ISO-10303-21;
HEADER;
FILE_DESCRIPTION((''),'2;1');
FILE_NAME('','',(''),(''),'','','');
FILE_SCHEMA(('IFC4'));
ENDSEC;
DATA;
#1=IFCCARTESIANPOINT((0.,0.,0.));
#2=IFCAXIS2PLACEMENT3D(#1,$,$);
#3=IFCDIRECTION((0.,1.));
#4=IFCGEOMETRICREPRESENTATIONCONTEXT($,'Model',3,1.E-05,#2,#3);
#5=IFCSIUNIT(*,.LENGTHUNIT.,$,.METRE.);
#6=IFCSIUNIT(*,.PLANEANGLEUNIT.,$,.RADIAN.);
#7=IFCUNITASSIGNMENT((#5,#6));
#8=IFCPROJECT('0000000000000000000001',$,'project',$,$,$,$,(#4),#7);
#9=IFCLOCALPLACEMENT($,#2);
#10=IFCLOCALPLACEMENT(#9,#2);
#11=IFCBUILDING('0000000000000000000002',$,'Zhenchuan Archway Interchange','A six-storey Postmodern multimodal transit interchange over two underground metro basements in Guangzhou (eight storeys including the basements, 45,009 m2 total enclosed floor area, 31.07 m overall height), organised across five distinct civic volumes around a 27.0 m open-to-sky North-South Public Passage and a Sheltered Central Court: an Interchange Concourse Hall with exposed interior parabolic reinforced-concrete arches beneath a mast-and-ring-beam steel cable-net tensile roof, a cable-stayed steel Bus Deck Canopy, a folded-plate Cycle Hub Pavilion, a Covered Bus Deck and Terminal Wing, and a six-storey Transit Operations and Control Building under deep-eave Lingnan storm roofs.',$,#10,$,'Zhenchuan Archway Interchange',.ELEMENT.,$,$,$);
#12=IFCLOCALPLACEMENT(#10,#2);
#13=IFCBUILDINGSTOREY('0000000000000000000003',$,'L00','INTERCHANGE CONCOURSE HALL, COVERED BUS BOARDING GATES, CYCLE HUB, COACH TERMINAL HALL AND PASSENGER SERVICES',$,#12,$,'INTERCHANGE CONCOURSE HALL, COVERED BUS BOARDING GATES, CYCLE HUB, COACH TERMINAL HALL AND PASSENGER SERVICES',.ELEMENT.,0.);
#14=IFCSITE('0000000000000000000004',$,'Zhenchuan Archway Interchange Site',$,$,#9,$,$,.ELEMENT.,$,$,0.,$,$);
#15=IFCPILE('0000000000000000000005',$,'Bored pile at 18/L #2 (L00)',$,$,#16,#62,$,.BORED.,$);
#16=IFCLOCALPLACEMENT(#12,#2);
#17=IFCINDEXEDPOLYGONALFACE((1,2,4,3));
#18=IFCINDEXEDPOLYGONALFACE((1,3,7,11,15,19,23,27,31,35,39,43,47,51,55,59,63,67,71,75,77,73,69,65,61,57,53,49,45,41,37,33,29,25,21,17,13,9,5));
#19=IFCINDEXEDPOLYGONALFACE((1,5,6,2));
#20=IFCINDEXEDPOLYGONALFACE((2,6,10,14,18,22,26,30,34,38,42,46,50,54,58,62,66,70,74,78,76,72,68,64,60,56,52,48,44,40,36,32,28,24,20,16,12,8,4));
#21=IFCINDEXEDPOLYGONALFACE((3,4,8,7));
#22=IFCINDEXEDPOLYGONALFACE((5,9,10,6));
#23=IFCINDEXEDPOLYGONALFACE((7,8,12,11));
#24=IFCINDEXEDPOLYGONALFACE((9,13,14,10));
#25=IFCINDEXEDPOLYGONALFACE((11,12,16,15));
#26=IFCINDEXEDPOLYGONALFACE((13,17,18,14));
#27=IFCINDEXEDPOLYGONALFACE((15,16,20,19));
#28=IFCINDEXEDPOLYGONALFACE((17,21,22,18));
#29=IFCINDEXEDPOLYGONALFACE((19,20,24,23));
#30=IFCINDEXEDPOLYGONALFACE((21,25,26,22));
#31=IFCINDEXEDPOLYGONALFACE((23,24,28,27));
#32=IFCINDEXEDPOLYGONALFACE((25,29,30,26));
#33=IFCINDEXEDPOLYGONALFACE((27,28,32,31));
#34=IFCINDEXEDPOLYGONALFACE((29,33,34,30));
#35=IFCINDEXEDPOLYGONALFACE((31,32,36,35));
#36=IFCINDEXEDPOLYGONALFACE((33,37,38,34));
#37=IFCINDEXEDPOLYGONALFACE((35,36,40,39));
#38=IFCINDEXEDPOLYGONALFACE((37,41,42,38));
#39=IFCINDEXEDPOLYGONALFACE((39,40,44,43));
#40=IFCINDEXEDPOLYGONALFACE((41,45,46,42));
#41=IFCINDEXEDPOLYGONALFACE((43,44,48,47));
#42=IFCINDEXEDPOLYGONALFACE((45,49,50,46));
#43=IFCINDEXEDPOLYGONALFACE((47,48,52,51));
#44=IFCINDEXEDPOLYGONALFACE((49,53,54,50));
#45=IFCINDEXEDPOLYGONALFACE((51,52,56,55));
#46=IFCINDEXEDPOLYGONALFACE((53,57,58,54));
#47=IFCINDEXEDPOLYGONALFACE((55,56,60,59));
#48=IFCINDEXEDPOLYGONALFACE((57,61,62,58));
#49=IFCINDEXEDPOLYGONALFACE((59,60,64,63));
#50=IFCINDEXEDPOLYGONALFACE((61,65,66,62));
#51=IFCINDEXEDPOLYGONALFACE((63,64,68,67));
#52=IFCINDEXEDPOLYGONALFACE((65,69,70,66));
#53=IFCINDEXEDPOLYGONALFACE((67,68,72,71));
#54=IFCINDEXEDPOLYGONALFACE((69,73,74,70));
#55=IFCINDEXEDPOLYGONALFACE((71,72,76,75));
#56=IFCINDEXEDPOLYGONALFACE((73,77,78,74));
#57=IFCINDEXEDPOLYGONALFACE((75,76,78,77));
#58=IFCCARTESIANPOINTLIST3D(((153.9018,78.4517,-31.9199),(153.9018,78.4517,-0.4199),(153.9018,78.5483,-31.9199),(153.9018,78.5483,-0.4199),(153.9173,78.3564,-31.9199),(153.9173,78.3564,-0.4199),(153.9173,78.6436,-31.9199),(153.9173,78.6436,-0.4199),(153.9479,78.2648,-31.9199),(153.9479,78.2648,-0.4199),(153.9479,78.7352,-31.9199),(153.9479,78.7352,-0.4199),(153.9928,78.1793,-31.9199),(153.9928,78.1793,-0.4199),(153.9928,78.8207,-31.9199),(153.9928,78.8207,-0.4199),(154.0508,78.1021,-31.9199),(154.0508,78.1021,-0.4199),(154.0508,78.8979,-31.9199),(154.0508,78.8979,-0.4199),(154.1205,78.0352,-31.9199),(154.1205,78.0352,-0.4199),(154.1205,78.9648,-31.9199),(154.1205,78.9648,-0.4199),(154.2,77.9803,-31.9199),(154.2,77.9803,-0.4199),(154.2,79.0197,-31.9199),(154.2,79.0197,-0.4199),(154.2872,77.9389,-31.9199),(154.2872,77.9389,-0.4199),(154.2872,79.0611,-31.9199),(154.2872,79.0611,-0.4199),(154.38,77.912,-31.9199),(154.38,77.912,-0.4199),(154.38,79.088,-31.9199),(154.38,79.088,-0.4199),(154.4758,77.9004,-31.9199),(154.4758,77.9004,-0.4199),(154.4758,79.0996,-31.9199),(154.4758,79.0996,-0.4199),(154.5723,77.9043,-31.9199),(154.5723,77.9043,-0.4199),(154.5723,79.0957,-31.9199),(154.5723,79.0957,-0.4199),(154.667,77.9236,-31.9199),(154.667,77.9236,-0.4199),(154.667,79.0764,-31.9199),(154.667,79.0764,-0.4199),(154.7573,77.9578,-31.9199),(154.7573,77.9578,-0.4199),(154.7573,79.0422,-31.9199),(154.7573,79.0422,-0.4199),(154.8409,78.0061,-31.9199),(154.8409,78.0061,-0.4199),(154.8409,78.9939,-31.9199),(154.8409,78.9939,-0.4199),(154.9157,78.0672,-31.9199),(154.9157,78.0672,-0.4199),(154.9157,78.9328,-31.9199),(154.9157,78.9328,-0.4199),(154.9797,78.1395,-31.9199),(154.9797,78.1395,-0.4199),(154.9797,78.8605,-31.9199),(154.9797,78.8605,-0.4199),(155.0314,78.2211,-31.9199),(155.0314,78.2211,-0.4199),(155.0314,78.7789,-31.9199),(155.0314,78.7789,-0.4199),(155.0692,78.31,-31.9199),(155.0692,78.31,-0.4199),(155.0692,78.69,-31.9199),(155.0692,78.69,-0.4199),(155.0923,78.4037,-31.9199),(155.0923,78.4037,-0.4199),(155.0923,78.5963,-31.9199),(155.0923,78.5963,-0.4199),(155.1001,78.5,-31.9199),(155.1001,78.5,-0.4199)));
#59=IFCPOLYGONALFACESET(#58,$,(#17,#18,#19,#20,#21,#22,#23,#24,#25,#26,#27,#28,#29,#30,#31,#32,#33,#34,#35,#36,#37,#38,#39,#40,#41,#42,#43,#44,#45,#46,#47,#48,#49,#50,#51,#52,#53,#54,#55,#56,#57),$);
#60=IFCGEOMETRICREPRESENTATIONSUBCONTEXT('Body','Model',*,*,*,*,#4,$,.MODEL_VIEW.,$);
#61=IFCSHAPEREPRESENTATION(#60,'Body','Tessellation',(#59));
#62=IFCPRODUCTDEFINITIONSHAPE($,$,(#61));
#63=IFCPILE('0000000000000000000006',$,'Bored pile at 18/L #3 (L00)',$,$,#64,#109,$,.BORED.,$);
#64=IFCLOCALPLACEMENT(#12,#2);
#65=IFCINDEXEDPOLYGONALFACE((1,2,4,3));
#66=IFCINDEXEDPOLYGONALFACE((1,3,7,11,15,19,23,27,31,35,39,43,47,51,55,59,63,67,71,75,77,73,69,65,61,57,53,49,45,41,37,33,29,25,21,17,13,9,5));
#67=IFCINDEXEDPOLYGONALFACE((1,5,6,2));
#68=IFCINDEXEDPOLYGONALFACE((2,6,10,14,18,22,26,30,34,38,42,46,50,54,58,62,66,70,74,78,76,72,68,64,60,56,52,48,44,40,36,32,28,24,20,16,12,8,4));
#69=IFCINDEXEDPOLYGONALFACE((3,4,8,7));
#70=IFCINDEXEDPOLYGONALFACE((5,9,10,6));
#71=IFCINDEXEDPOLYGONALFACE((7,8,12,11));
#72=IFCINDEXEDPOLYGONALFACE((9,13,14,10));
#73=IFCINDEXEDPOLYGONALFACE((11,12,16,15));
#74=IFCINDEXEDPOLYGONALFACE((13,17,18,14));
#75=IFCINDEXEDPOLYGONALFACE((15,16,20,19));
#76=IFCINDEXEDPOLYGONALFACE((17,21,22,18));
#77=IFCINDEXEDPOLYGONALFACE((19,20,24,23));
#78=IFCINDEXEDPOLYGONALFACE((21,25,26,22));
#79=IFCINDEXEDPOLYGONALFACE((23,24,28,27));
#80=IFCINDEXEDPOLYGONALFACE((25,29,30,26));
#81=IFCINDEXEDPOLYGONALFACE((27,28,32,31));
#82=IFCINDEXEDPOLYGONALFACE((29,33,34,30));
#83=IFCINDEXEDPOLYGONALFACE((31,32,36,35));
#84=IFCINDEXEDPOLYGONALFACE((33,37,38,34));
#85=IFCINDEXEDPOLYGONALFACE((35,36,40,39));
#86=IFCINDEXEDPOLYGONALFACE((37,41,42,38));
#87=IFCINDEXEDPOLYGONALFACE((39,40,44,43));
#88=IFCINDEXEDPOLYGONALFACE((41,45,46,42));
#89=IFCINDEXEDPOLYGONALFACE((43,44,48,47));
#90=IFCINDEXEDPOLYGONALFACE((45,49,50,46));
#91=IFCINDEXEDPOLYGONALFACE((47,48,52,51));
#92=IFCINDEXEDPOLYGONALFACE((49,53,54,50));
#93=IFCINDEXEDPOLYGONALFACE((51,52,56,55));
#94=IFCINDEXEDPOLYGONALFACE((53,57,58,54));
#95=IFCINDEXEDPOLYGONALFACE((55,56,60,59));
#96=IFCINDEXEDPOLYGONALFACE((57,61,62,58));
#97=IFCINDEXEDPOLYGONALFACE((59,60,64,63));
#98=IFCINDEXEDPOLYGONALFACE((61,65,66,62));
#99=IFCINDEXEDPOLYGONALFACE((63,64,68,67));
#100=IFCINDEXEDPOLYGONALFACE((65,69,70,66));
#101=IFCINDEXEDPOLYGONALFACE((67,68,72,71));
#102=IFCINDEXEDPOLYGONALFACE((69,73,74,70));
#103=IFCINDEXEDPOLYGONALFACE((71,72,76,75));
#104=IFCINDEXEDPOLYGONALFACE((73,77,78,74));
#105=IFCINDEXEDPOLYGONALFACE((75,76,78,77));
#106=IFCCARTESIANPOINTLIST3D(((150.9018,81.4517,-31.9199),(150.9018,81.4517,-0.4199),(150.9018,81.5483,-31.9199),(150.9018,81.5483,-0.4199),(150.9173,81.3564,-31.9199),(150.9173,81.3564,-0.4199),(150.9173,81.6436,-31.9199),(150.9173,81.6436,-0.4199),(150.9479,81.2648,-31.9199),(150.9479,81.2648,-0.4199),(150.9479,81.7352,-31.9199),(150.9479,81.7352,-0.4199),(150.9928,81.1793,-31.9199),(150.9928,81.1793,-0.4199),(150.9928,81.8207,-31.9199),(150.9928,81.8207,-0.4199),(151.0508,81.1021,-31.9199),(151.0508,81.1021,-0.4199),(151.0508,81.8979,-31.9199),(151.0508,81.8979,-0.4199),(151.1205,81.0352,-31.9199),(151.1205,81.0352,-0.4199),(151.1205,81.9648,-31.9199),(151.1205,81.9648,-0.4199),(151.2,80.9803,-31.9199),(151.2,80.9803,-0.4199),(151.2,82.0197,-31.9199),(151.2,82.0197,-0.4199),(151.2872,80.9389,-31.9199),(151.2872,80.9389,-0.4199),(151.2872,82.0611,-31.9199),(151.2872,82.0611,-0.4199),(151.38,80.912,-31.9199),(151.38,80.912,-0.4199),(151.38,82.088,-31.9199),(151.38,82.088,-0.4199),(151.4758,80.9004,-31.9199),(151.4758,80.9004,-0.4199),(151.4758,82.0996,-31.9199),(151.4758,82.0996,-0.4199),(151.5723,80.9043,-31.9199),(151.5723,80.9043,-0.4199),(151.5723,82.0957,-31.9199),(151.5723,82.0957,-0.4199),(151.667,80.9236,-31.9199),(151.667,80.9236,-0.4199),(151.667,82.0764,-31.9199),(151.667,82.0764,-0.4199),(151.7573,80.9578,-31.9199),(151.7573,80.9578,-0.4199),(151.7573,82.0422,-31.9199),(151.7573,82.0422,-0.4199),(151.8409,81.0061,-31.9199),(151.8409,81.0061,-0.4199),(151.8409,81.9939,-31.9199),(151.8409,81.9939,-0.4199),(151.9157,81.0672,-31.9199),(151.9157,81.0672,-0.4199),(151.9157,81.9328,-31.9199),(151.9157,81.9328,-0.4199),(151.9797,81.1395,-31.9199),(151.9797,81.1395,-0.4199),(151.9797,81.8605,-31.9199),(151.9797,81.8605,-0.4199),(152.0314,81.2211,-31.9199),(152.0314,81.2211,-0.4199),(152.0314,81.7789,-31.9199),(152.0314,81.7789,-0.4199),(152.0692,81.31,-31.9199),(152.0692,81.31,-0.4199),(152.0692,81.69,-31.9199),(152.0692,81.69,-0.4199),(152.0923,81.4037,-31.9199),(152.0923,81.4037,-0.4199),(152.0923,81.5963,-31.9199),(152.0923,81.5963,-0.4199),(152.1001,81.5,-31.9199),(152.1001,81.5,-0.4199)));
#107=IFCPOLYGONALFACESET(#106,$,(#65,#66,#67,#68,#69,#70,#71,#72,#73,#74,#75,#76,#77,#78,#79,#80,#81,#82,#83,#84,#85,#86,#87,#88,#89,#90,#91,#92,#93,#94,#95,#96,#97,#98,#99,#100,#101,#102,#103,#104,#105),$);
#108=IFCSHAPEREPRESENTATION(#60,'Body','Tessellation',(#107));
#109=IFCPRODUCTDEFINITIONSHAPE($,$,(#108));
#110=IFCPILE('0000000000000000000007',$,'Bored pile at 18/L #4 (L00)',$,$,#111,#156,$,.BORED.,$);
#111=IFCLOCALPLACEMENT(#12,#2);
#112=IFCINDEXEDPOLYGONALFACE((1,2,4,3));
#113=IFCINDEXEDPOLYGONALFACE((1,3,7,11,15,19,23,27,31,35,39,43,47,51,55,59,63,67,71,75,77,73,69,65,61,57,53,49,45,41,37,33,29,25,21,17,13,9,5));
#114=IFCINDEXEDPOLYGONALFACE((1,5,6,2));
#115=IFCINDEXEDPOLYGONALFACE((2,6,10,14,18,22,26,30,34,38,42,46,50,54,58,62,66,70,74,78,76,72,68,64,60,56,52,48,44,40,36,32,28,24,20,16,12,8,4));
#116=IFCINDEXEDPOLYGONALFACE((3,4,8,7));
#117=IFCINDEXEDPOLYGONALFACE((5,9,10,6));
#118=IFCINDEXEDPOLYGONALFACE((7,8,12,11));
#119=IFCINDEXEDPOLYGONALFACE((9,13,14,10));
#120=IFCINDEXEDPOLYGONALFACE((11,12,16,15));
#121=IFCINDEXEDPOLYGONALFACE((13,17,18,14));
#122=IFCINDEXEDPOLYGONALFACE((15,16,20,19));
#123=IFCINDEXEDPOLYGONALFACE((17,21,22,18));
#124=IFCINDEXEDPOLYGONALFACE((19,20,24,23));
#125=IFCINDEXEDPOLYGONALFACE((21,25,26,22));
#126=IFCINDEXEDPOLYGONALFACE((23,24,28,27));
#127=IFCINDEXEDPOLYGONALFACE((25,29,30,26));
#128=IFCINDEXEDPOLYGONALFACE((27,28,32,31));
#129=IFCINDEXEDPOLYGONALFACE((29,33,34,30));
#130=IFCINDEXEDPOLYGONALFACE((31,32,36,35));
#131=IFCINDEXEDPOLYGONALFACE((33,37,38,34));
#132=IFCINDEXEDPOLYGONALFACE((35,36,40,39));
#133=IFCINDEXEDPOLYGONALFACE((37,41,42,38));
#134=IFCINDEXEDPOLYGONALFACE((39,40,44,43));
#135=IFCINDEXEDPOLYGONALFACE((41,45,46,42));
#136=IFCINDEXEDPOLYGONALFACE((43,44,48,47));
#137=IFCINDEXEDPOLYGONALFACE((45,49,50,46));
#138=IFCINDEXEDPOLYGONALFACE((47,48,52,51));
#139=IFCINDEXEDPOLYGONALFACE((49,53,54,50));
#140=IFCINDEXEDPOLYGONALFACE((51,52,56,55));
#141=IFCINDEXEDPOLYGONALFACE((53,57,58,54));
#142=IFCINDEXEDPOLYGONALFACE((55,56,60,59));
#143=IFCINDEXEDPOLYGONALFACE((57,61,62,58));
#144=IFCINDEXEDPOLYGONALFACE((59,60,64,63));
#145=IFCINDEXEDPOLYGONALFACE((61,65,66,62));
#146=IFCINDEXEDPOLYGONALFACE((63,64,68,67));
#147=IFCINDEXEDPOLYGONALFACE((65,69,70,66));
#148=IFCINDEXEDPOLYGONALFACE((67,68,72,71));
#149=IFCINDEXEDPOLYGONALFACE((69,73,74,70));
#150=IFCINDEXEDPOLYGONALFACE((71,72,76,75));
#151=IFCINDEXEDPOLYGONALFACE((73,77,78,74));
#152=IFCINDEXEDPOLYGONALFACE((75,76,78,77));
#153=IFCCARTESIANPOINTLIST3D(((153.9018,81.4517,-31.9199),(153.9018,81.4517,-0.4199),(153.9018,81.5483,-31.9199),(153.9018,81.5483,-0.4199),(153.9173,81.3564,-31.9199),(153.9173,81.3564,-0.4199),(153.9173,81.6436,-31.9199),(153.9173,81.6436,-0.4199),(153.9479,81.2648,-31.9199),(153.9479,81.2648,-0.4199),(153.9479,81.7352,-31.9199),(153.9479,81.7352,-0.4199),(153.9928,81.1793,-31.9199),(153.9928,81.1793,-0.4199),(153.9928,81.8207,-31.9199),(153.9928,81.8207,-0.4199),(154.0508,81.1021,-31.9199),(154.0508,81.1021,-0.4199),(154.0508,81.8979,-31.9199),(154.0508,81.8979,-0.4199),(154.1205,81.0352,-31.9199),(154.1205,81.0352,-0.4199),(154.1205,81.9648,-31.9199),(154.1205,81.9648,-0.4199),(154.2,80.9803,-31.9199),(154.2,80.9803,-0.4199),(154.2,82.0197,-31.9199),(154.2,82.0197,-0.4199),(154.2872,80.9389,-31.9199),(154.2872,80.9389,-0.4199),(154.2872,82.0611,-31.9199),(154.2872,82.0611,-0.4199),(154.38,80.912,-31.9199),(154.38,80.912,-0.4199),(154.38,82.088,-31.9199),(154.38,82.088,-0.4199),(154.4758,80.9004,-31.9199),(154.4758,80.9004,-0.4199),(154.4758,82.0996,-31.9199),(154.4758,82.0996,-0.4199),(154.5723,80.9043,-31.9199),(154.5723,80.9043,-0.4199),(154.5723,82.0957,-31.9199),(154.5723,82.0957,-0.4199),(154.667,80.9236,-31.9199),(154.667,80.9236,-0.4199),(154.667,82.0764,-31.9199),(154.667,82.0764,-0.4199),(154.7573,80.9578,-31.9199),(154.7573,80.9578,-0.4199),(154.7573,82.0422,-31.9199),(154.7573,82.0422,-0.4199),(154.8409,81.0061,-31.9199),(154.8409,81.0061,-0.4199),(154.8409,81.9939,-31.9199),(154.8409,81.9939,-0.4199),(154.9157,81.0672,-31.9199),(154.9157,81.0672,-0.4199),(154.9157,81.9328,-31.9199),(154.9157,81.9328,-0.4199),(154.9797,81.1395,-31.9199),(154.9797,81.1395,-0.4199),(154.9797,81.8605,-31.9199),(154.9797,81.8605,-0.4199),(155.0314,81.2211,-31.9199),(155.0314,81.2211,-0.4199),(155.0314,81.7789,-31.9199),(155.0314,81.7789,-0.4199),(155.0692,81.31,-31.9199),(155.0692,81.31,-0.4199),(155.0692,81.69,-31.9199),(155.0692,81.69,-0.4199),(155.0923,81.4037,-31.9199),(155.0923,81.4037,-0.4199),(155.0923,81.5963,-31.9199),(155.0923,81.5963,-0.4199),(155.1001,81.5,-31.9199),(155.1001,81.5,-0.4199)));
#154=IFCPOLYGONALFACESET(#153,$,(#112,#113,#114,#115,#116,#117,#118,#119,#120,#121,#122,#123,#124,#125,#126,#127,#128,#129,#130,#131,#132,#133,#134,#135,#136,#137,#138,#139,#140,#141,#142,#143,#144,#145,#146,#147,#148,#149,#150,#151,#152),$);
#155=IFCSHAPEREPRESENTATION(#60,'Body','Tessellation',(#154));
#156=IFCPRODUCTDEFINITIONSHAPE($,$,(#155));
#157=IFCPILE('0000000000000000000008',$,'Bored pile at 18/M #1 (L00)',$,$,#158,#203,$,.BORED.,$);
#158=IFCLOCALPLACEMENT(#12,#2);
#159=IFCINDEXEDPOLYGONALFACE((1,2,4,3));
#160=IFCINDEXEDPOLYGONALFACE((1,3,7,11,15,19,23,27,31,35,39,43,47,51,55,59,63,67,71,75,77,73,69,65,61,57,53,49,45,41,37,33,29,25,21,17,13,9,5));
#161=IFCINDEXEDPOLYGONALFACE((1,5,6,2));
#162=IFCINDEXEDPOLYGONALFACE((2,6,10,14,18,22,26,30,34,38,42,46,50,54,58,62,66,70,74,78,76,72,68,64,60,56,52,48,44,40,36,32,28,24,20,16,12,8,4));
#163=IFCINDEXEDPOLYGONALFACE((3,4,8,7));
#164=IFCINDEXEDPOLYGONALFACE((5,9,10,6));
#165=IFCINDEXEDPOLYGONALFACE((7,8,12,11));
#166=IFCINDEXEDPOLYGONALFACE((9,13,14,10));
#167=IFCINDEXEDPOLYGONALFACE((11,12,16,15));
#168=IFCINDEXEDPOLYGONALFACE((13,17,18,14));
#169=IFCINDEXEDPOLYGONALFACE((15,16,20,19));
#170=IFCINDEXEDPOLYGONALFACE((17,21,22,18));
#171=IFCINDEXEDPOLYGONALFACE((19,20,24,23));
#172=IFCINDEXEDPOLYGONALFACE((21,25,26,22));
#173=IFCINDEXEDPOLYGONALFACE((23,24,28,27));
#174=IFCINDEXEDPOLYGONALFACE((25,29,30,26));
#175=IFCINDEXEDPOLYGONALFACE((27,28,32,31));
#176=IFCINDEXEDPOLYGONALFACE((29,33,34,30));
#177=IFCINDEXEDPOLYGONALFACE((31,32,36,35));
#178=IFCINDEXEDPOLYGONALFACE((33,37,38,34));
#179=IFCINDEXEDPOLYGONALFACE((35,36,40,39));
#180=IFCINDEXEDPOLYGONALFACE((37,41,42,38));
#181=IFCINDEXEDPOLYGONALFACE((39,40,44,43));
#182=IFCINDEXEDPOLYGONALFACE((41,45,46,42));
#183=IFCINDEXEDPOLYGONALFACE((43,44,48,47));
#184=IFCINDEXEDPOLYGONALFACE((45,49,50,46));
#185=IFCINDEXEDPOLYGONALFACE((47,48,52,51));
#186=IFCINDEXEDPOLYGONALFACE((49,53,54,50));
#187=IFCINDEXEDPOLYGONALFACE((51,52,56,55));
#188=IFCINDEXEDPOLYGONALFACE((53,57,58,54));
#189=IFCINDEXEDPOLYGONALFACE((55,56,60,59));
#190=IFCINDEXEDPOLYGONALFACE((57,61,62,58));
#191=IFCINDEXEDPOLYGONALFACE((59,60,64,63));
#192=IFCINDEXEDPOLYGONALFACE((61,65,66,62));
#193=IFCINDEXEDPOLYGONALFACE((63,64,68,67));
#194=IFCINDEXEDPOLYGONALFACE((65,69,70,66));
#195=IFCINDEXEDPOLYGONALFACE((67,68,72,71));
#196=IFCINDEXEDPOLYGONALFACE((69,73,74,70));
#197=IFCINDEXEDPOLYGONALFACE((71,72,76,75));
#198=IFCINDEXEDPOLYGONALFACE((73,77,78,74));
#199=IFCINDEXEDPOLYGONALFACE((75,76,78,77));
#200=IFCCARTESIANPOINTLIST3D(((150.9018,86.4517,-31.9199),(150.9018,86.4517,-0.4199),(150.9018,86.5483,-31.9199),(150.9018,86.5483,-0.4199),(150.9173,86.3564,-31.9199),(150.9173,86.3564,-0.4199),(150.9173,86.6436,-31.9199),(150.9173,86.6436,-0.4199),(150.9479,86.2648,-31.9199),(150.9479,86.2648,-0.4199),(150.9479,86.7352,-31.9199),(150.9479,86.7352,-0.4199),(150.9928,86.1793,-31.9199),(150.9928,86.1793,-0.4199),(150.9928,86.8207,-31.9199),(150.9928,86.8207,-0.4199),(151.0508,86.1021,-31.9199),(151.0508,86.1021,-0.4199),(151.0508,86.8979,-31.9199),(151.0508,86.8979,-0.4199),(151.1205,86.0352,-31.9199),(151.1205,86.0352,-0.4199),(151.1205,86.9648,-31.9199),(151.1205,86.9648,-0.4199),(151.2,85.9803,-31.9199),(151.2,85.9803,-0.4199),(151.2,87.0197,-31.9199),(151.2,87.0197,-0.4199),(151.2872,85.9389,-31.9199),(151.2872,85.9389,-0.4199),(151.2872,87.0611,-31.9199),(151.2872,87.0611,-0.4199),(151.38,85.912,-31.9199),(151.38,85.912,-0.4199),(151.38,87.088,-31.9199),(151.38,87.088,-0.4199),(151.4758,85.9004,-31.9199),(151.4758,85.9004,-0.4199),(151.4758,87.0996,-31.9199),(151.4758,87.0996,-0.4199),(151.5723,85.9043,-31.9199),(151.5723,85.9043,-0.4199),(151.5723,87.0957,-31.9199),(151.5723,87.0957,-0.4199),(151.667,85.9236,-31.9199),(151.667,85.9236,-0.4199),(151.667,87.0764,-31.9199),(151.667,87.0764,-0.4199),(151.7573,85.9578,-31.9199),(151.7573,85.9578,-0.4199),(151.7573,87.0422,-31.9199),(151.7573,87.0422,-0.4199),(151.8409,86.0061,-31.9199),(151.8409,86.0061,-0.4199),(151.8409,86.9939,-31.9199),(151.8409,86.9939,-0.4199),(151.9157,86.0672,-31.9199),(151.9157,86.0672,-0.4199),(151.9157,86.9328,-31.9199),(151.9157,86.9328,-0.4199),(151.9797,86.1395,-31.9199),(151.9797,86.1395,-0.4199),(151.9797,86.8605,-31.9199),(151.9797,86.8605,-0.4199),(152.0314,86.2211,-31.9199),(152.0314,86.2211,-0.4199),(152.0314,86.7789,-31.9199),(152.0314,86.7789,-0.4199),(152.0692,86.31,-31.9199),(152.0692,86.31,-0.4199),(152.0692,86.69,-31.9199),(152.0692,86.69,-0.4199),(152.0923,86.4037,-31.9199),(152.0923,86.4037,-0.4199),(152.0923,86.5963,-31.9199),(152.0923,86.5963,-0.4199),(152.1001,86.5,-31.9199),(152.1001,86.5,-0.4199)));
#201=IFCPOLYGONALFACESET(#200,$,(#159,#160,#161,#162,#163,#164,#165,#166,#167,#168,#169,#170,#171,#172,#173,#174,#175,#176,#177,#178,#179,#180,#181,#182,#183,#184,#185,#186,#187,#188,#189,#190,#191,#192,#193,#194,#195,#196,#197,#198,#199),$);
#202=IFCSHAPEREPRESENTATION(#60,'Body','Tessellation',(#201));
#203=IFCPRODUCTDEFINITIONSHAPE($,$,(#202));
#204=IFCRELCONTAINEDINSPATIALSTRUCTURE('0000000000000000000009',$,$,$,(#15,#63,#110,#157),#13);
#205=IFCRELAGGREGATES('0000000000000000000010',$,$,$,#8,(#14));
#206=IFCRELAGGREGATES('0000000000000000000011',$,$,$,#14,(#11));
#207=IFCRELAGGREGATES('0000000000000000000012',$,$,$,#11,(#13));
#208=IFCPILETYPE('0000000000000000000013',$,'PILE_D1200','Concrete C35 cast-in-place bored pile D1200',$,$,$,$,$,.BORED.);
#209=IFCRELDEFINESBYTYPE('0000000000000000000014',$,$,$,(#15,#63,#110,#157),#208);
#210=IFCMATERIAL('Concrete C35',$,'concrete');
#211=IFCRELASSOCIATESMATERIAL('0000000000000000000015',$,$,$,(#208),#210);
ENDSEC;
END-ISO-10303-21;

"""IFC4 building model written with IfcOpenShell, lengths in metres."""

from ifc_helpers import new_model, si_unit, direction, frame, origin, origin_2d, place, context, subcontext, project, spatial, circle, extrude, material, material_profile, profile_set, type_object, element, save


model = new_model("IFC4")

# Units and contexts
model_context = context("Model", 3, precision=1e-05, world=origin(), true_north=direction((0.0, 1.0)))
body_context = subcontext(model_context, "Body", "Model", "MODEL_VIEW")
ifc_project = project(units=[si_unit("LENGTHUNIT", "METRE"), si_unit("PLANEANGLEUNIT", "RADIAN")], contexts=[model_context])

# Site, building, storey
site_placement = place(None, origin())
site = spatial("IfcSite", under=ifc_project, at=site_placement, Name="Zhenchuan Archway Interchange Site", CompositionType="ELEMENT", RefElevation=0.0)
building_placement = place(site_placement, origin())
building = spatial("IfcBuilding", under=site, at=building_placement, Name="Zhenchuan Archway Interchange", Description="A six-storey Postmodern multimodal transit interchange over two underground metro basements in Guangzhou (eight storeys including the basements, 45,009 m2 total enclosed floor area, 31.07 m overall height), organised across five distinct civic volumes around a 27.0 m open-to-sky North-South Public Passage and a Sheltered Central Court: an Interchange Concourse Hall with exposed interior parabolic reinforced-concrete arches beneath a mast-and-ring-beam steel cable-net tensile roof, a cable-stayed steel Bus Deck Canopy, a folded-plate Cycle Hub Pavilion, a Covered Bus Deck and Terminal Wing, and a six-storey Transit Operations and Control Building under deep-eave Lingnan storm roofs.", LongName="Zhenchuan Archway Interchange", CompositionType="ELEMENT")
storey_placement = place(building_placement, origin())
storey = spatial("IfcBuildingStorey", under=building, at=storey_placement, Name="L00", Description="INTERCHANGE CONCOURSE HALL, COVERED BUS BOARDING GATES, CYCLE HUB, COACH TERMINAL HALL AND PASSENGER SERVICES", LongName="INTERCHANGE CONCOURSE HALL, COVERED BUS BOARDING GATES, CYCLE HUB, COACH TERMINAL HALL AND PASSENGER SERVICES", CompositionType="ELEMENT", Elevation=0.0)

# Piles
ifc_material_1 = material(Name="Concrete C35", Category="concrete")
ifc_material_profile_1 = material_profile(ifc_material_1, circle(Radius=0.6001, at=origin_2d()), Name="BORED PILE 1200")
ifc_profile_set_1 = profile_set([ifc_material_profile_1], Name="Concrete C35")
pile_type_1 = type_object("IfcPileType", Name="PILE_D1200", Description="Concrete C35 cast-in-place bored pile D1200", PredefinedType="BORED", material=ifc_profile_set_1)
for number, where, z_axis, x_axis, name in (
    (1, (154.5, 78.5, -0.4199), (0.0, 0.0, -1.0), (1.0, 0.0, 0.0), "Bored pile at 18/L #2 (L00)"),
    (2, (151.5, 81.5, -0.4199), (0.0, 0.0, -1.0), (1.0, 0.0, 0.0), "Bored pile at 18/L #3 (L00)"),
    (3, (154.5, 81.5, -0.4199), (0.0, 0.0, -1.0), (1.0, 0.0, 0.0), "Bored pile at 18/L #4 (L00)"),
    (4, (151.5, 86.5, -0.4199), (0.0, 0.0, -1.0), (1.0, 0.0, 0.0), "Bored pile at 18/M #1 (L00)"),
):
    element("IfcPile", number, at=place(storey_placement, frame(where, z_axis=z_axis, x_axis=x_axis)), inside=storey, type_object=pile_type_1, Name=name, PredefinedType="BORED", context=body_context, shape_type="SweptSolid", body=[
        extrude(circle(Radius=0.6001, at=origin_2d()), origin(), (0.0, 0.0, 1.0), 31.5),
    ])

save(model, "model.ifc")
